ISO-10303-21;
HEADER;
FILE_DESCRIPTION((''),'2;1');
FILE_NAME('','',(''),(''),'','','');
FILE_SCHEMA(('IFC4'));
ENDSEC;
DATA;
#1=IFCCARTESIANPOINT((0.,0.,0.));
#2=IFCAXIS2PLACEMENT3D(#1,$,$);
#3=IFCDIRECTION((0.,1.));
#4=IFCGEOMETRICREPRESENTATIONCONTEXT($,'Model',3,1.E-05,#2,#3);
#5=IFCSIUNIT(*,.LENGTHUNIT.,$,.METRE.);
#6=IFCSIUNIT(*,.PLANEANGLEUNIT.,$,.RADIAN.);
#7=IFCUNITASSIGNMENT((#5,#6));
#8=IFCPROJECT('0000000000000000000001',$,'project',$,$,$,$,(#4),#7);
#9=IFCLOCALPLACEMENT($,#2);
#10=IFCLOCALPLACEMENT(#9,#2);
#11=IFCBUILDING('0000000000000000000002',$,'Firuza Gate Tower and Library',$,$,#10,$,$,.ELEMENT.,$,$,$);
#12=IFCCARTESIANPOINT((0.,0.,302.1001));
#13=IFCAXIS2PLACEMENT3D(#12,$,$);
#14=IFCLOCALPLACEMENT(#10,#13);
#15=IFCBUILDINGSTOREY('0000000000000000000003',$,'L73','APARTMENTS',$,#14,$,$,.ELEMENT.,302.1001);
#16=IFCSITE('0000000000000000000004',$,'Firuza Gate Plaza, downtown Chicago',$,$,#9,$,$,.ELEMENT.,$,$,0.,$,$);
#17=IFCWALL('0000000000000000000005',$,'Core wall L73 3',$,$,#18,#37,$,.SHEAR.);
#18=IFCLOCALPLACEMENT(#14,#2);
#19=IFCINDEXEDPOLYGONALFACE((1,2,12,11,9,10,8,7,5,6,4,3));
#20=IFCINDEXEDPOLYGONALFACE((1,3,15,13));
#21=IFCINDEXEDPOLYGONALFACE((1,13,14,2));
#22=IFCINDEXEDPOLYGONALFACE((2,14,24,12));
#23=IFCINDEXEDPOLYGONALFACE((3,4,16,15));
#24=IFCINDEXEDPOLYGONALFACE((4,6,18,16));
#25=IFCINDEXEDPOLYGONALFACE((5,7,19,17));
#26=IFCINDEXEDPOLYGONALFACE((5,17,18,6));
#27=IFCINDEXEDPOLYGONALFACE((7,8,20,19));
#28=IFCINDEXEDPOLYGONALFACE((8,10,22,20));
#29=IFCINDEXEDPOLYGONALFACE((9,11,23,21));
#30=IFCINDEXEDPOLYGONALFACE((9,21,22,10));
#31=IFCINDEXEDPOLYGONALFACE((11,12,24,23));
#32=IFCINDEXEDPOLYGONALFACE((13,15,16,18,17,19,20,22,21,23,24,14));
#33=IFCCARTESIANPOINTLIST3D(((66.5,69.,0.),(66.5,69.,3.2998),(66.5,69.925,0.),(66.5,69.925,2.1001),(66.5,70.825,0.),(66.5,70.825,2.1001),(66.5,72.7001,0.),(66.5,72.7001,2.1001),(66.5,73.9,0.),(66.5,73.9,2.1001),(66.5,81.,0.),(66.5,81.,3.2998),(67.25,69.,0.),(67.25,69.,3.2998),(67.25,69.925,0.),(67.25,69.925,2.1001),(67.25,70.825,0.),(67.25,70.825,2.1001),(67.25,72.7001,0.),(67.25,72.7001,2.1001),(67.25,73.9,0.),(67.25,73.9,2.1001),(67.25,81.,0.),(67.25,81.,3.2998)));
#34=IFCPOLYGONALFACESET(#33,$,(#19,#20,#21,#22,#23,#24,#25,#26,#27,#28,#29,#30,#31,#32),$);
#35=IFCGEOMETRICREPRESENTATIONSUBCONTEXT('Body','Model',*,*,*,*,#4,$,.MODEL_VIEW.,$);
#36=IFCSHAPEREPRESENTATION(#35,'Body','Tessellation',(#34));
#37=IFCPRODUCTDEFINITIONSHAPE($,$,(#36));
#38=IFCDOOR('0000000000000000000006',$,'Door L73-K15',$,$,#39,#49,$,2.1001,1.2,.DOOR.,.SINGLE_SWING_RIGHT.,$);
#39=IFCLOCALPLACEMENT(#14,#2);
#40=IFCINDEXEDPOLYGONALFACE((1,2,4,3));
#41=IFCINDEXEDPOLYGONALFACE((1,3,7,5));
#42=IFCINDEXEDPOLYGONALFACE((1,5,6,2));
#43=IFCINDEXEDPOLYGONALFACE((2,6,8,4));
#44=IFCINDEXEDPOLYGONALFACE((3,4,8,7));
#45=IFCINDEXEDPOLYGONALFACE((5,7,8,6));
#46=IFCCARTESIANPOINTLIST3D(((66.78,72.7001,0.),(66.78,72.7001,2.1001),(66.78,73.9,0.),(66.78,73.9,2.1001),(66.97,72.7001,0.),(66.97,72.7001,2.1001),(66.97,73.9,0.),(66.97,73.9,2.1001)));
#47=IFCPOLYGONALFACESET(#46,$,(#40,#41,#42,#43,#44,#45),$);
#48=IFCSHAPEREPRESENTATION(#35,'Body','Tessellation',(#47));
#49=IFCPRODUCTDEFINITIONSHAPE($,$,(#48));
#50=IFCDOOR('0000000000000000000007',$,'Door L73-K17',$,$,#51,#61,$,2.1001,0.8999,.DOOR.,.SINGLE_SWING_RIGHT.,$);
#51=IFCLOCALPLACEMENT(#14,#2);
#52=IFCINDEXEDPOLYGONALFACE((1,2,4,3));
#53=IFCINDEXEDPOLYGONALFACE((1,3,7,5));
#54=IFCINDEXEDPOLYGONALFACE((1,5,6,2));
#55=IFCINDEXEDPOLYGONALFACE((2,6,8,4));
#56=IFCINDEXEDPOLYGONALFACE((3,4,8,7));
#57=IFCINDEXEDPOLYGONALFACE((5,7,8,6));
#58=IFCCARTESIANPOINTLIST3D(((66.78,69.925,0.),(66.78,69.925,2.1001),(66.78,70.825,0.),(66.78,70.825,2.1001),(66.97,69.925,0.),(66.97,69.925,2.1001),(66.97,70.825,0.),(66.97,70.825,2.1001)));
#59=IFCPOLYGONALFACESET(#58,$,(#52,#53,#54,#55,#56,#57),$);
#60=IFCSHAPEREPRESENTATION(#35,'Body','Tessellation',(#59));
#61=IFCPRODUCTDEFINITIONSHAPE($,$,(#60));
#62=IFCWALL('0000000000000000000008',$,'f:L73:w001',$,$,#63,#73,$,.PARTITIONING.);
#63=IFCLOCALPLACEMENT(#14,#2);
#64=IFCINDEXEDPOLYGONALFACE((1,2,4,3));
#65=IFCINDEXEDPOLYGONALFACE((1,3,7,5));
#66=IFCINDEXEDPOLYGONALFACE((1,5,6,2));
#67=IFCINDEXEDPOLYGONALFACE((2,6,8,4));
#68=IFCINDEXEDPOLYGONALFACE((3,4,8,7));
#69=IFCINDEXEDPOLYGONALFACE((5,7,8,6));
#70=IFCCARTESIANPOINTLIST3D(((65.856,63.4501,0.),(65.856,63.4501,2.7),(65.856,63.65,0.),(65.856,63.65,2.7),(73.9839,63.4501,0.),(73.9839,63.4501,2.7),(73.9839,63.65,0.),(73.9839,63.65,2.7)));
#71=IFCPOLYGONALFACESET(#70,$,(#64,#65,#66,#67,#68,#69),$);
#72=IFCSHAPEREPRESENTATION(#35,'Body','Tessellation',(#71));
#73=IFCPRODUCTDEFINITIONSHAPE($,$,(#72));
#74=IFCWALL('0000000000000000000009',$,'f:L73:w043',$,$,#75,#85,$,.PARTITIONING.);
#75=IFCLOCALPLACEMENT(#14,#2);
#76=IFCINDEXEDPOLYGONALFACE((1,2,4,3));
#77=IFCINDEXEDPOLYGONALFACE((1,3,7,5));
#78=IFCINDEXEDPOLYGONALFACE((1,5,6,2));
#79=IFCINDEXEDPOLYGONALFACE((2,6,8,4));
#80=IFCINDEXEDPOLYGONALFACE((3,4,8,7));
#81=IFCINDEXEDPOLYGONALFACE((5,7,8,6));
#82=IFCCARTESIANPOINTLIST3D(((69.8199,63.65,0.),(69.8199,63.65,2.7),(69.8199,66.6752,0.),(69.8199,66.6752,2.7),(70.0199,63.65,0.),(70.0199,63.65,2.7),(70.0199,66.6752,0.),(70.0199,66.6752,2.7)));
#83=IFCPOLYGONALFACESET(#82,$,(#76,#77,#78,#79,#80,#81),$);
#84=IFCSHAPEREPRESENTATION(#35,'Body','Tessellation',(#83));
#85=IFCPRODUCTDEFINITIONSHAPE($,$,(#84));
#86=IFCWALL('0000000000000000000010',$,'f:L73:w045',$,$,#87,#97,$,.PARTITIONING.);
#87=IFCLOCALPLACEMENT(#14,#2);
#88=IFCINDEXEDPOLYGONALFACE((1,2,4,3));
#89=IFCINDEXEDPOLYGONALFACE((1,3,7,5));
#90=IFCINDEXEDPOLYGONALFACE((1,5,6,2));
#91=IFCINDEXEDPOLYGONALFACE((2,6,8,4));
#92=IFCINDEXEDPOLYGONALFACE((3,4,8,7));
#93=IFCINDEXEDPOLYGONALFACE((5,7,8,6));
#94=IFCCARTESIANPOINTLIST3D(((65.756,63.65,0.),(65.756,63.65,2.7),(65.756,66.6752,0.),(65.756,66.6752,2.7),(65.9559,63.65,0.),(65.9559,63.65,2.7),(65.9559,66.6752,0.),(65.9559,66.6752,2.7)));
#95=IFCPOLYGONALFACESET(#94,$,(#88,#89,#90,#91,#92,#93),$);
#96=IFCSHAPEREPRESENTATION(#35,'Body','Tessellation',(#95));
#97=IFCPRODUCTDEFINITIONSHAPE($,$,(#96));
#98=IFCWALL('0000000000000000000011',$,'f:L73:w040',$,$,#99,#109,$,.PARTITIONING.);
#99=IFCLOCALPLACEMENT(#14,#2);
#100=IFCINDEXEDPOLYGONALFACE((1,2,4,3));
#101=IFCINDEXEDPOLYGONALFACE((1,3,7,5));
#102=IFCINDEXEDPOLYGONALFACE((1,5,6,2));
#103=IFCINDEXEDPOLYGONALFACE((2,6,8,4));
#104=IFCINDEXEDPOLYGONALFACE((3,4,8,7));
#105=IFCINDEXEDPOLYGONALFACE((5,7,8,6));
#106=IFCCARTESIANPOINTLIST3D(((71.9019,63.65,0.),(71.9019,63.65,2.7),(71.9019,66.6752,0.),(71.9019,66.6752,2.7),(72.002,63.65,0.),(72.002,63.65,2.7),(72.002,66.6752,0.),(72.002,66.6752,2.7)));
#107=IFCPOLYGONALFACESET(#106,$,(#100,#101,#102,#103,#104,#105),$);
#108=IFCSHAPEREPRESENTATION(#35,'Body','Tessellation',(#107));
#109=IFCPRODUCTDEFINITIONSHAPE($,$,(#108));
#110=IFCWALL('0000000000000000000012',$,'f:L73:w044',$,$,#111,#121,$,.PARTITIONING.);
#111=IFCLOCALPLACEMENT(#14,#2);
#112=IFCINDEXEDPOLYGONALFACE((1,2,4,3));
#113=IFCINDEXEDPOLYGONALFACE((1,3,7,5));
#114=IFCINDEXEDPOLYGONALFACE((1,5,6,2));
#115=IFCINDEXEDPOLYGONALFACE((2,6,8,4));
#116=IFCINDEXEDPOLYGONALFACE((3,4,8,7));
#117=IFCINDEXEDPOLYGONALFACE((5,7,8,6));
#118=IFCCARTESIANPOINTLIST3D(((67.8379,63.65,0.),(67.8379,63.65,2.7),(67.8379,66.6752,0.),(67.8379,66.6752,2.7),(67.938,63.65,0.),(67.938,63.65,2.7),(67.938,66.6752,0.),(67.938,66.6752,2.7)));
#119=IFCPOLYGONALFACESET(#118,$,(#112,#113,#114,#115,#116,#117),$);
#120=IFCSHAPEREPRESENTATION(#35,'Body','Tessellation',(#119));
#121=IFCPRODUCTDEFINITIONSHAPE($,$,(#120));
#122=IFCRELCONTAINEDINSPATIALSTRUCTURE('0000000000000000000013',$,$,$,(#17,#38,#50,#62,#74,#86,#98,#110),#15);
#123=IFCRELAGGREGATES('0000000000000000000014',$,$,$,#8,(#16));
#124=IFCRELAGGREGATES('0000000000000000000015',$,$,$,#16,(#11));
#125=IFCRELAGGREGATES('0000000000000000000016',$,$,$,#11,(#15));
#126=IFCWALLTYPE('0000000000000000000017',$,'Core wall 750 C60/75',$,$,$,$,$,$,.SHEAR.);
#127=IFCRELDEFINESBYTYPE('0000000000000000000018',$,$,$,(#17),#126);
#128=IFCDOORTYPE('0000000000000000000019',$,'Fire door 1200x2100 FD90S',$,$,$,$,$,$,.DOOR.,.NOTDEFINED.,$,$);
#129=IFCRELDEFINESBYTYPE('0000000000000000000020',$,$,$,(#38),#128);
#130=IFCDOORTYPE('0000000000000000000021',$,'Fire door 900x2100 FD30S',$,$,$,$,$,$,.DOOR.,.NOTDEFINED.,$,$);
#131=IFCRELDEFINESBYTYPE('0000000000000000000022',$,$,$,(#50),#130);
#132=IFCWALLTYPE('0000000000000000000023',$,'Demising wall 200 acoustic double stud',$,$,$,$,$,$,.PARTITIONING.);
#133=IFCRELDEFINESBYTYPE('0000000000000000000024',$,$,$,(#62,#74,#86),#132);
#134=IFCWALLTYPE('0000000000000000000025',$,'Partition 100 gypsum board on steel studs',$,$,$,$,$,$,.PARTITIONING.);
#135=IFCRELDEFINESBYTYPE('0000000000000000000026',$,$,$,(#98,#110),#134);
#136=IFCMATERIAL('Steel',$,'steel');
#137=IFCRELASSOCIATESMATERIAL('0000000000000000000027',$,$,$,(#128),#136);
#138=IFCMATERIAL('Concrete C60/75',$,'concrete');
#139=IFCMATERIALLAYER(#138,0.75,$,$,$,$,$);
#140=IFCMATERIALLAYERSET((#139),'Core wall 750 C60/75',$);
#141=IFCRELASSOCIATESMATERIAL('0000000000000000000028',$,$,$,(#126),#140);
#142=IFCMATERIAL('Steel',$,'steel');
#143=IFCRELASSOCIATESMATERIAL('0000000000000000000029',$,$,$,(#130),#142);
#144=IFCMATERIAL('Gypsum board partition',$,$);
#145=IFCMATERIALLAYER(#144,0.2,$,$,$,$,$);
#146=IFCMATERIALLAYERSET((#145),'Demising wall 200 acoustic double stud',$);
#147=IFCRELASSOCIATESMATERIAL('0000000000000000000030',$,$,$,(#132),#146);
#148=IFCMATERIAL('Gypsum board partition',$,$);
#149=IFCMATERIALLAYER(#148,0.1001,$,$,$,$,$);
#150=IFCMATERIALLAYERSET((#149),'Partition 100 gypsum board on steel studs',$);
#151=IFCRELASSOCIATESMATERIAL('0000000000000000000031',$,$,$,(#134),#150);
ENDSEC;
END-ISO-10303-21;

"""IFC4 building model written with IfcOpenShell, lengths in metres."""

from ifc_helpers import new_model, si_unit, direction, frame, frame_2d, origin, place, context, subcontext, project, spatial, rectangle, extrude, material, layer, layer_set, type_object, element, fill, save


model = new_model("IFC4")

# Units and contexts
model_context = context("Model", 3, precision=1e-05, world=origin(), true_north=direction((0.0, 1.0)))
body_context = subcontext(model_context, "Body", "Model", "MODEL_VIEW")
ifc_project = project(units=[si_unit("LENGTHUNIT", "METRE"), si_unit("PLANEANGLEUNIT", "RADIAN")], contexts=[model_context])

# Site, building, storey
site_placement = place(None, origin())
site = spatial("IfcSite", under=ifc_project, at=site_placement, Name="Firuza Gate Plaza, downtown Chicago", CompositionType="ELEMENT", RefElevation=0.0)
building_placement = place(site_placement, origin())
building = spatial("IfcBuilding", under=site, at=building_placement, Name="Firuza Gate Tower and Library", CompositionType="ELEMENT")
storey_placement = place(building_placement, frame((0.0, 0.0, 302.1001)))
storey = spatial("IfcBuildingStorey", under=building, at=storey_placement, Name="L73", Description="APARTMENTS", CompositionType="ELEMENT", Elevation=302.1001)

# Shared definitions
ifc_material_1 = material(Name="Steel", Category="steel")
door_type_1 = type_object("IfcDoorType", Name="Fire door 1200x2100 FD90S", OperationType="NOTDEFINED", PredefinedType="DOOR", material=ifc_material_1)

# Shared definitions
ifc_material_2 = material(Name="Concrete C60/75", Category="concrete")
ifc_layer_1 = layer(ifc_material_2, 0.75)
ifc_layer_set_1 = layer_set([ifc_layer_1], Name="Core wall 750 C60/75")
wall_type_1 = type_object("IfcWallType", Name="Core wall 750 C60/75", PredefinedType="SHEAR", material=ifc_layer_set_1)
ifc_material_3 = material(Name="Steel", Category="steel")
door_type_2 = type_object("IfcDoorType", Name="Fire door 900x2100 FD30S", OperationType="NOTDEFINED", PredefinedType="DOOR", material=ifc_material_3)

# Wall, openings, doors
wall_1_placement = place(storey_placement, frame((66.875, 69.0, 0.0), z_axis=(0.0, 0.0, 1.0), x_axis=(0.0, 1.0, 0.0)))
wall_1 = element("IfcWall", 1, at=wall_1_placement, inside=storey, type_object=wall_type_1, Name="Core wall L73 3", PredefinedType="SHEAR", context=body_context, shape_type="SweptSolid", body=[
    extrude(rectangle(XDim=12.0, YDim=0.75, at=frame_2d((6.0, 0.0))), origin(), (0.0, 0.0, 1.0), 3.2998),
])
opening_1_placement = place(wall_1_placement, frame((3.7, 0.0, 0.0)))
opening_1 = element("IfcOpeningElement", 2, at=opening_1_placement, cuts=wall_1, PredefinedType="OPENING", context=body_context, shape_type="SweptSolid", body=[
    extrude(rectangle(XDim=1.2, YDim=2.1001, at=frame_2d((0.6001, 1.05))), frame((0.0, 0.385, 0.0), z_axis=(0.0, -1.0, 0.0), x_axis=(1.0, 0.0, 0.0)), (0.0, 0.0, 1.0), 0.77),
])
opening_2_placement = place(wall_1_placement, frame((0.925, 0.0, 0.0)))
opening_2 = element("IfcOpeningElement", 3, at=opening_2_placement, cuts=wall_1, PredefinedType="OPENING", context=body_context, shape_type="SweptSolid", body=[
    extrude(rectangle(XDim=0.8999, YDim=2.1001, at=frame_2d((0.45, 1.05))), frame((0.0, 0.385, 0.0), z_axis=(0.0, -1.0, 0.0), x_axis=(1.0, 0.0, 0.0)), (0.0, 0.0, 1.0), 0.77),
])
door_1_placement = place(opening_1_placement, origin())
door_1 = element("IfcDoor", 4, at=door_1_placement, inside=storey, type_object=door_type_1, Name="Door L73-K15", OperationType="SINGLE_SWING_RIGHT", OverallHeight=2.1001, OverallWidth=1.2, PredefinedType="DOOR", context=body_context, shape_type="SweptSolid", body=[
    extrude(rectangle(XDim=1.2, YDim=2.1001, at=frame_2d((0.6001, 1.05))), frame((0.0, 0.095, 0.0), z_axis=(0.0, -1.0, 0.0), x_axis=(1.0, 0.0, 0.0)), (0.0, 0.0, 1.0), 0.1899),
])
fill(opening_1, door_1)
door_2_placement = place(opening_2_placement, origin())
door_2 = element("IfcDoor", 5, at=door_2_placement, inside=storey, type_object=door_type_2, Name="Door L73-K17", OperationType="SINGLE_SWING_RIGHT", OverallHeight=2.1001, OverallWidth=0.8999, PredefinedType="DOOR", context=body_context, shape_type="SweptSolid", body=[
    extrude(rectangle(XDim=0.8999, YDim=2.1001, at=frame_2d((0.45, 1.05))), frame((0.0, 0.095, 0.0), z_axis=(0.0, -1.0, 0.0), x_axis=(1.0, 0.0, 0.0)), (0.0, 0.0, 1.0), 0.1899),
])
fill(opening_2, door_2)

# Walls
ifc_material_4 = material(Name="Gypsum board partition")
ifc_layer_2 = layer(ifc_material_4, 0.2)
ifc_layer_set_2 = layer_set([ifc_layer_2], Name="Demising wall 200 acoustic double stud")
wall_type_2 = type_object("IfcWallType", Name="Demising wall 200 acoustic double stud", PredefinedType="PARTITIONING", material=ifc_layer_set_2)
wall_2_placement = place(storey_placement, frame((65.856, 63.55, 0.0), z_axis=(0.0, 0.0, 1.0), x_axis=(1.0, 0.0, 0.0)))
element("IfcWall", 6, at=wall_2_placement, inside=storey, type_object=wall_type_2, Name="f:L73:w001", PredefinedType="PARTITIONING", context=body_context, shape_type="SweptSolid", body=[
    extrude(rectangle(XDim=8.1279, YDim=0.2, at=frame_2d((4.064, 0.0))), origin(), (0.0, 0.0, 1.0), 2.7),
])
for number, where, z_axis, x_axis, name in (
    (7, (69.9199, 63.6499, 0.0), (0.0, 0.0, 1.0), (0.0, 1.0, 0.0), "f:L73:w043"),
    (8, (65.856, 63.6499, 0.0), (0.0, 0.0, 1.0), (0.0, 1.0, 0.0), "f:L73:w045"),
):
    element("IfcWall", number, at=place(storey_placement, frame(where, z_axis=z_axis, x_axis=x_axis)), inside=storey, type_object=wall_type_2, Name=name, PredefinedType="PARTITIONING", context=body_context, shape_type="SweptSolid", body=[
        extrude(rectangle(XDim=3.0251, YDim=0.2, at=frame_2d((1.5127, 0.0))), origin(), (0.0, 0.0, 1.0), 2.7),
    ])
ifc_material_5 = material(Name="Gypsum board partition")
ifc_layer_3 = layer(ifc_material_5, 0.1001)
ifc_layer_set_3 = layer_set([ifc_layer_3], Name="Partition 100 gypsum board on steel studs")
wall_type_3 = type_object("IfcWallType", Name="Partition 100 gypsum board on steel studs", PredefinedType="PARTITIONING", material=ifc_layer_set_3)
for number, where, z_axis, x_axis, name in (
    (9, (71.9519, 63.6499, 0.0), (0.0, 0.0, 1.0), (0.0, 1.0, 0.0), "f:L73:w040"),
    (10, (67.8879, 63.6499, 0.0), (0.0, 0.0, 1.0), (0.0, 1.0, 0.0), "f:L73:w044"),
):
    element("IfcWall", number, at=place(storey_placement, frame(where, z_axis=z_axis, x_axis=x_axis)), inside=storey, type_object=wall_type_3, Name=name, PredefinedType="PARTITIONING", context=body_context, shape_type="SweptSolid", body=[
        extrude(rectangle(XDim=3.0251, YDim=0.1001, at=frame_2d((1.5127, 0.0))), origin(), (0.0, 0.0, 1.0), 2.7),
    ])

save(model, "model.ifc")
